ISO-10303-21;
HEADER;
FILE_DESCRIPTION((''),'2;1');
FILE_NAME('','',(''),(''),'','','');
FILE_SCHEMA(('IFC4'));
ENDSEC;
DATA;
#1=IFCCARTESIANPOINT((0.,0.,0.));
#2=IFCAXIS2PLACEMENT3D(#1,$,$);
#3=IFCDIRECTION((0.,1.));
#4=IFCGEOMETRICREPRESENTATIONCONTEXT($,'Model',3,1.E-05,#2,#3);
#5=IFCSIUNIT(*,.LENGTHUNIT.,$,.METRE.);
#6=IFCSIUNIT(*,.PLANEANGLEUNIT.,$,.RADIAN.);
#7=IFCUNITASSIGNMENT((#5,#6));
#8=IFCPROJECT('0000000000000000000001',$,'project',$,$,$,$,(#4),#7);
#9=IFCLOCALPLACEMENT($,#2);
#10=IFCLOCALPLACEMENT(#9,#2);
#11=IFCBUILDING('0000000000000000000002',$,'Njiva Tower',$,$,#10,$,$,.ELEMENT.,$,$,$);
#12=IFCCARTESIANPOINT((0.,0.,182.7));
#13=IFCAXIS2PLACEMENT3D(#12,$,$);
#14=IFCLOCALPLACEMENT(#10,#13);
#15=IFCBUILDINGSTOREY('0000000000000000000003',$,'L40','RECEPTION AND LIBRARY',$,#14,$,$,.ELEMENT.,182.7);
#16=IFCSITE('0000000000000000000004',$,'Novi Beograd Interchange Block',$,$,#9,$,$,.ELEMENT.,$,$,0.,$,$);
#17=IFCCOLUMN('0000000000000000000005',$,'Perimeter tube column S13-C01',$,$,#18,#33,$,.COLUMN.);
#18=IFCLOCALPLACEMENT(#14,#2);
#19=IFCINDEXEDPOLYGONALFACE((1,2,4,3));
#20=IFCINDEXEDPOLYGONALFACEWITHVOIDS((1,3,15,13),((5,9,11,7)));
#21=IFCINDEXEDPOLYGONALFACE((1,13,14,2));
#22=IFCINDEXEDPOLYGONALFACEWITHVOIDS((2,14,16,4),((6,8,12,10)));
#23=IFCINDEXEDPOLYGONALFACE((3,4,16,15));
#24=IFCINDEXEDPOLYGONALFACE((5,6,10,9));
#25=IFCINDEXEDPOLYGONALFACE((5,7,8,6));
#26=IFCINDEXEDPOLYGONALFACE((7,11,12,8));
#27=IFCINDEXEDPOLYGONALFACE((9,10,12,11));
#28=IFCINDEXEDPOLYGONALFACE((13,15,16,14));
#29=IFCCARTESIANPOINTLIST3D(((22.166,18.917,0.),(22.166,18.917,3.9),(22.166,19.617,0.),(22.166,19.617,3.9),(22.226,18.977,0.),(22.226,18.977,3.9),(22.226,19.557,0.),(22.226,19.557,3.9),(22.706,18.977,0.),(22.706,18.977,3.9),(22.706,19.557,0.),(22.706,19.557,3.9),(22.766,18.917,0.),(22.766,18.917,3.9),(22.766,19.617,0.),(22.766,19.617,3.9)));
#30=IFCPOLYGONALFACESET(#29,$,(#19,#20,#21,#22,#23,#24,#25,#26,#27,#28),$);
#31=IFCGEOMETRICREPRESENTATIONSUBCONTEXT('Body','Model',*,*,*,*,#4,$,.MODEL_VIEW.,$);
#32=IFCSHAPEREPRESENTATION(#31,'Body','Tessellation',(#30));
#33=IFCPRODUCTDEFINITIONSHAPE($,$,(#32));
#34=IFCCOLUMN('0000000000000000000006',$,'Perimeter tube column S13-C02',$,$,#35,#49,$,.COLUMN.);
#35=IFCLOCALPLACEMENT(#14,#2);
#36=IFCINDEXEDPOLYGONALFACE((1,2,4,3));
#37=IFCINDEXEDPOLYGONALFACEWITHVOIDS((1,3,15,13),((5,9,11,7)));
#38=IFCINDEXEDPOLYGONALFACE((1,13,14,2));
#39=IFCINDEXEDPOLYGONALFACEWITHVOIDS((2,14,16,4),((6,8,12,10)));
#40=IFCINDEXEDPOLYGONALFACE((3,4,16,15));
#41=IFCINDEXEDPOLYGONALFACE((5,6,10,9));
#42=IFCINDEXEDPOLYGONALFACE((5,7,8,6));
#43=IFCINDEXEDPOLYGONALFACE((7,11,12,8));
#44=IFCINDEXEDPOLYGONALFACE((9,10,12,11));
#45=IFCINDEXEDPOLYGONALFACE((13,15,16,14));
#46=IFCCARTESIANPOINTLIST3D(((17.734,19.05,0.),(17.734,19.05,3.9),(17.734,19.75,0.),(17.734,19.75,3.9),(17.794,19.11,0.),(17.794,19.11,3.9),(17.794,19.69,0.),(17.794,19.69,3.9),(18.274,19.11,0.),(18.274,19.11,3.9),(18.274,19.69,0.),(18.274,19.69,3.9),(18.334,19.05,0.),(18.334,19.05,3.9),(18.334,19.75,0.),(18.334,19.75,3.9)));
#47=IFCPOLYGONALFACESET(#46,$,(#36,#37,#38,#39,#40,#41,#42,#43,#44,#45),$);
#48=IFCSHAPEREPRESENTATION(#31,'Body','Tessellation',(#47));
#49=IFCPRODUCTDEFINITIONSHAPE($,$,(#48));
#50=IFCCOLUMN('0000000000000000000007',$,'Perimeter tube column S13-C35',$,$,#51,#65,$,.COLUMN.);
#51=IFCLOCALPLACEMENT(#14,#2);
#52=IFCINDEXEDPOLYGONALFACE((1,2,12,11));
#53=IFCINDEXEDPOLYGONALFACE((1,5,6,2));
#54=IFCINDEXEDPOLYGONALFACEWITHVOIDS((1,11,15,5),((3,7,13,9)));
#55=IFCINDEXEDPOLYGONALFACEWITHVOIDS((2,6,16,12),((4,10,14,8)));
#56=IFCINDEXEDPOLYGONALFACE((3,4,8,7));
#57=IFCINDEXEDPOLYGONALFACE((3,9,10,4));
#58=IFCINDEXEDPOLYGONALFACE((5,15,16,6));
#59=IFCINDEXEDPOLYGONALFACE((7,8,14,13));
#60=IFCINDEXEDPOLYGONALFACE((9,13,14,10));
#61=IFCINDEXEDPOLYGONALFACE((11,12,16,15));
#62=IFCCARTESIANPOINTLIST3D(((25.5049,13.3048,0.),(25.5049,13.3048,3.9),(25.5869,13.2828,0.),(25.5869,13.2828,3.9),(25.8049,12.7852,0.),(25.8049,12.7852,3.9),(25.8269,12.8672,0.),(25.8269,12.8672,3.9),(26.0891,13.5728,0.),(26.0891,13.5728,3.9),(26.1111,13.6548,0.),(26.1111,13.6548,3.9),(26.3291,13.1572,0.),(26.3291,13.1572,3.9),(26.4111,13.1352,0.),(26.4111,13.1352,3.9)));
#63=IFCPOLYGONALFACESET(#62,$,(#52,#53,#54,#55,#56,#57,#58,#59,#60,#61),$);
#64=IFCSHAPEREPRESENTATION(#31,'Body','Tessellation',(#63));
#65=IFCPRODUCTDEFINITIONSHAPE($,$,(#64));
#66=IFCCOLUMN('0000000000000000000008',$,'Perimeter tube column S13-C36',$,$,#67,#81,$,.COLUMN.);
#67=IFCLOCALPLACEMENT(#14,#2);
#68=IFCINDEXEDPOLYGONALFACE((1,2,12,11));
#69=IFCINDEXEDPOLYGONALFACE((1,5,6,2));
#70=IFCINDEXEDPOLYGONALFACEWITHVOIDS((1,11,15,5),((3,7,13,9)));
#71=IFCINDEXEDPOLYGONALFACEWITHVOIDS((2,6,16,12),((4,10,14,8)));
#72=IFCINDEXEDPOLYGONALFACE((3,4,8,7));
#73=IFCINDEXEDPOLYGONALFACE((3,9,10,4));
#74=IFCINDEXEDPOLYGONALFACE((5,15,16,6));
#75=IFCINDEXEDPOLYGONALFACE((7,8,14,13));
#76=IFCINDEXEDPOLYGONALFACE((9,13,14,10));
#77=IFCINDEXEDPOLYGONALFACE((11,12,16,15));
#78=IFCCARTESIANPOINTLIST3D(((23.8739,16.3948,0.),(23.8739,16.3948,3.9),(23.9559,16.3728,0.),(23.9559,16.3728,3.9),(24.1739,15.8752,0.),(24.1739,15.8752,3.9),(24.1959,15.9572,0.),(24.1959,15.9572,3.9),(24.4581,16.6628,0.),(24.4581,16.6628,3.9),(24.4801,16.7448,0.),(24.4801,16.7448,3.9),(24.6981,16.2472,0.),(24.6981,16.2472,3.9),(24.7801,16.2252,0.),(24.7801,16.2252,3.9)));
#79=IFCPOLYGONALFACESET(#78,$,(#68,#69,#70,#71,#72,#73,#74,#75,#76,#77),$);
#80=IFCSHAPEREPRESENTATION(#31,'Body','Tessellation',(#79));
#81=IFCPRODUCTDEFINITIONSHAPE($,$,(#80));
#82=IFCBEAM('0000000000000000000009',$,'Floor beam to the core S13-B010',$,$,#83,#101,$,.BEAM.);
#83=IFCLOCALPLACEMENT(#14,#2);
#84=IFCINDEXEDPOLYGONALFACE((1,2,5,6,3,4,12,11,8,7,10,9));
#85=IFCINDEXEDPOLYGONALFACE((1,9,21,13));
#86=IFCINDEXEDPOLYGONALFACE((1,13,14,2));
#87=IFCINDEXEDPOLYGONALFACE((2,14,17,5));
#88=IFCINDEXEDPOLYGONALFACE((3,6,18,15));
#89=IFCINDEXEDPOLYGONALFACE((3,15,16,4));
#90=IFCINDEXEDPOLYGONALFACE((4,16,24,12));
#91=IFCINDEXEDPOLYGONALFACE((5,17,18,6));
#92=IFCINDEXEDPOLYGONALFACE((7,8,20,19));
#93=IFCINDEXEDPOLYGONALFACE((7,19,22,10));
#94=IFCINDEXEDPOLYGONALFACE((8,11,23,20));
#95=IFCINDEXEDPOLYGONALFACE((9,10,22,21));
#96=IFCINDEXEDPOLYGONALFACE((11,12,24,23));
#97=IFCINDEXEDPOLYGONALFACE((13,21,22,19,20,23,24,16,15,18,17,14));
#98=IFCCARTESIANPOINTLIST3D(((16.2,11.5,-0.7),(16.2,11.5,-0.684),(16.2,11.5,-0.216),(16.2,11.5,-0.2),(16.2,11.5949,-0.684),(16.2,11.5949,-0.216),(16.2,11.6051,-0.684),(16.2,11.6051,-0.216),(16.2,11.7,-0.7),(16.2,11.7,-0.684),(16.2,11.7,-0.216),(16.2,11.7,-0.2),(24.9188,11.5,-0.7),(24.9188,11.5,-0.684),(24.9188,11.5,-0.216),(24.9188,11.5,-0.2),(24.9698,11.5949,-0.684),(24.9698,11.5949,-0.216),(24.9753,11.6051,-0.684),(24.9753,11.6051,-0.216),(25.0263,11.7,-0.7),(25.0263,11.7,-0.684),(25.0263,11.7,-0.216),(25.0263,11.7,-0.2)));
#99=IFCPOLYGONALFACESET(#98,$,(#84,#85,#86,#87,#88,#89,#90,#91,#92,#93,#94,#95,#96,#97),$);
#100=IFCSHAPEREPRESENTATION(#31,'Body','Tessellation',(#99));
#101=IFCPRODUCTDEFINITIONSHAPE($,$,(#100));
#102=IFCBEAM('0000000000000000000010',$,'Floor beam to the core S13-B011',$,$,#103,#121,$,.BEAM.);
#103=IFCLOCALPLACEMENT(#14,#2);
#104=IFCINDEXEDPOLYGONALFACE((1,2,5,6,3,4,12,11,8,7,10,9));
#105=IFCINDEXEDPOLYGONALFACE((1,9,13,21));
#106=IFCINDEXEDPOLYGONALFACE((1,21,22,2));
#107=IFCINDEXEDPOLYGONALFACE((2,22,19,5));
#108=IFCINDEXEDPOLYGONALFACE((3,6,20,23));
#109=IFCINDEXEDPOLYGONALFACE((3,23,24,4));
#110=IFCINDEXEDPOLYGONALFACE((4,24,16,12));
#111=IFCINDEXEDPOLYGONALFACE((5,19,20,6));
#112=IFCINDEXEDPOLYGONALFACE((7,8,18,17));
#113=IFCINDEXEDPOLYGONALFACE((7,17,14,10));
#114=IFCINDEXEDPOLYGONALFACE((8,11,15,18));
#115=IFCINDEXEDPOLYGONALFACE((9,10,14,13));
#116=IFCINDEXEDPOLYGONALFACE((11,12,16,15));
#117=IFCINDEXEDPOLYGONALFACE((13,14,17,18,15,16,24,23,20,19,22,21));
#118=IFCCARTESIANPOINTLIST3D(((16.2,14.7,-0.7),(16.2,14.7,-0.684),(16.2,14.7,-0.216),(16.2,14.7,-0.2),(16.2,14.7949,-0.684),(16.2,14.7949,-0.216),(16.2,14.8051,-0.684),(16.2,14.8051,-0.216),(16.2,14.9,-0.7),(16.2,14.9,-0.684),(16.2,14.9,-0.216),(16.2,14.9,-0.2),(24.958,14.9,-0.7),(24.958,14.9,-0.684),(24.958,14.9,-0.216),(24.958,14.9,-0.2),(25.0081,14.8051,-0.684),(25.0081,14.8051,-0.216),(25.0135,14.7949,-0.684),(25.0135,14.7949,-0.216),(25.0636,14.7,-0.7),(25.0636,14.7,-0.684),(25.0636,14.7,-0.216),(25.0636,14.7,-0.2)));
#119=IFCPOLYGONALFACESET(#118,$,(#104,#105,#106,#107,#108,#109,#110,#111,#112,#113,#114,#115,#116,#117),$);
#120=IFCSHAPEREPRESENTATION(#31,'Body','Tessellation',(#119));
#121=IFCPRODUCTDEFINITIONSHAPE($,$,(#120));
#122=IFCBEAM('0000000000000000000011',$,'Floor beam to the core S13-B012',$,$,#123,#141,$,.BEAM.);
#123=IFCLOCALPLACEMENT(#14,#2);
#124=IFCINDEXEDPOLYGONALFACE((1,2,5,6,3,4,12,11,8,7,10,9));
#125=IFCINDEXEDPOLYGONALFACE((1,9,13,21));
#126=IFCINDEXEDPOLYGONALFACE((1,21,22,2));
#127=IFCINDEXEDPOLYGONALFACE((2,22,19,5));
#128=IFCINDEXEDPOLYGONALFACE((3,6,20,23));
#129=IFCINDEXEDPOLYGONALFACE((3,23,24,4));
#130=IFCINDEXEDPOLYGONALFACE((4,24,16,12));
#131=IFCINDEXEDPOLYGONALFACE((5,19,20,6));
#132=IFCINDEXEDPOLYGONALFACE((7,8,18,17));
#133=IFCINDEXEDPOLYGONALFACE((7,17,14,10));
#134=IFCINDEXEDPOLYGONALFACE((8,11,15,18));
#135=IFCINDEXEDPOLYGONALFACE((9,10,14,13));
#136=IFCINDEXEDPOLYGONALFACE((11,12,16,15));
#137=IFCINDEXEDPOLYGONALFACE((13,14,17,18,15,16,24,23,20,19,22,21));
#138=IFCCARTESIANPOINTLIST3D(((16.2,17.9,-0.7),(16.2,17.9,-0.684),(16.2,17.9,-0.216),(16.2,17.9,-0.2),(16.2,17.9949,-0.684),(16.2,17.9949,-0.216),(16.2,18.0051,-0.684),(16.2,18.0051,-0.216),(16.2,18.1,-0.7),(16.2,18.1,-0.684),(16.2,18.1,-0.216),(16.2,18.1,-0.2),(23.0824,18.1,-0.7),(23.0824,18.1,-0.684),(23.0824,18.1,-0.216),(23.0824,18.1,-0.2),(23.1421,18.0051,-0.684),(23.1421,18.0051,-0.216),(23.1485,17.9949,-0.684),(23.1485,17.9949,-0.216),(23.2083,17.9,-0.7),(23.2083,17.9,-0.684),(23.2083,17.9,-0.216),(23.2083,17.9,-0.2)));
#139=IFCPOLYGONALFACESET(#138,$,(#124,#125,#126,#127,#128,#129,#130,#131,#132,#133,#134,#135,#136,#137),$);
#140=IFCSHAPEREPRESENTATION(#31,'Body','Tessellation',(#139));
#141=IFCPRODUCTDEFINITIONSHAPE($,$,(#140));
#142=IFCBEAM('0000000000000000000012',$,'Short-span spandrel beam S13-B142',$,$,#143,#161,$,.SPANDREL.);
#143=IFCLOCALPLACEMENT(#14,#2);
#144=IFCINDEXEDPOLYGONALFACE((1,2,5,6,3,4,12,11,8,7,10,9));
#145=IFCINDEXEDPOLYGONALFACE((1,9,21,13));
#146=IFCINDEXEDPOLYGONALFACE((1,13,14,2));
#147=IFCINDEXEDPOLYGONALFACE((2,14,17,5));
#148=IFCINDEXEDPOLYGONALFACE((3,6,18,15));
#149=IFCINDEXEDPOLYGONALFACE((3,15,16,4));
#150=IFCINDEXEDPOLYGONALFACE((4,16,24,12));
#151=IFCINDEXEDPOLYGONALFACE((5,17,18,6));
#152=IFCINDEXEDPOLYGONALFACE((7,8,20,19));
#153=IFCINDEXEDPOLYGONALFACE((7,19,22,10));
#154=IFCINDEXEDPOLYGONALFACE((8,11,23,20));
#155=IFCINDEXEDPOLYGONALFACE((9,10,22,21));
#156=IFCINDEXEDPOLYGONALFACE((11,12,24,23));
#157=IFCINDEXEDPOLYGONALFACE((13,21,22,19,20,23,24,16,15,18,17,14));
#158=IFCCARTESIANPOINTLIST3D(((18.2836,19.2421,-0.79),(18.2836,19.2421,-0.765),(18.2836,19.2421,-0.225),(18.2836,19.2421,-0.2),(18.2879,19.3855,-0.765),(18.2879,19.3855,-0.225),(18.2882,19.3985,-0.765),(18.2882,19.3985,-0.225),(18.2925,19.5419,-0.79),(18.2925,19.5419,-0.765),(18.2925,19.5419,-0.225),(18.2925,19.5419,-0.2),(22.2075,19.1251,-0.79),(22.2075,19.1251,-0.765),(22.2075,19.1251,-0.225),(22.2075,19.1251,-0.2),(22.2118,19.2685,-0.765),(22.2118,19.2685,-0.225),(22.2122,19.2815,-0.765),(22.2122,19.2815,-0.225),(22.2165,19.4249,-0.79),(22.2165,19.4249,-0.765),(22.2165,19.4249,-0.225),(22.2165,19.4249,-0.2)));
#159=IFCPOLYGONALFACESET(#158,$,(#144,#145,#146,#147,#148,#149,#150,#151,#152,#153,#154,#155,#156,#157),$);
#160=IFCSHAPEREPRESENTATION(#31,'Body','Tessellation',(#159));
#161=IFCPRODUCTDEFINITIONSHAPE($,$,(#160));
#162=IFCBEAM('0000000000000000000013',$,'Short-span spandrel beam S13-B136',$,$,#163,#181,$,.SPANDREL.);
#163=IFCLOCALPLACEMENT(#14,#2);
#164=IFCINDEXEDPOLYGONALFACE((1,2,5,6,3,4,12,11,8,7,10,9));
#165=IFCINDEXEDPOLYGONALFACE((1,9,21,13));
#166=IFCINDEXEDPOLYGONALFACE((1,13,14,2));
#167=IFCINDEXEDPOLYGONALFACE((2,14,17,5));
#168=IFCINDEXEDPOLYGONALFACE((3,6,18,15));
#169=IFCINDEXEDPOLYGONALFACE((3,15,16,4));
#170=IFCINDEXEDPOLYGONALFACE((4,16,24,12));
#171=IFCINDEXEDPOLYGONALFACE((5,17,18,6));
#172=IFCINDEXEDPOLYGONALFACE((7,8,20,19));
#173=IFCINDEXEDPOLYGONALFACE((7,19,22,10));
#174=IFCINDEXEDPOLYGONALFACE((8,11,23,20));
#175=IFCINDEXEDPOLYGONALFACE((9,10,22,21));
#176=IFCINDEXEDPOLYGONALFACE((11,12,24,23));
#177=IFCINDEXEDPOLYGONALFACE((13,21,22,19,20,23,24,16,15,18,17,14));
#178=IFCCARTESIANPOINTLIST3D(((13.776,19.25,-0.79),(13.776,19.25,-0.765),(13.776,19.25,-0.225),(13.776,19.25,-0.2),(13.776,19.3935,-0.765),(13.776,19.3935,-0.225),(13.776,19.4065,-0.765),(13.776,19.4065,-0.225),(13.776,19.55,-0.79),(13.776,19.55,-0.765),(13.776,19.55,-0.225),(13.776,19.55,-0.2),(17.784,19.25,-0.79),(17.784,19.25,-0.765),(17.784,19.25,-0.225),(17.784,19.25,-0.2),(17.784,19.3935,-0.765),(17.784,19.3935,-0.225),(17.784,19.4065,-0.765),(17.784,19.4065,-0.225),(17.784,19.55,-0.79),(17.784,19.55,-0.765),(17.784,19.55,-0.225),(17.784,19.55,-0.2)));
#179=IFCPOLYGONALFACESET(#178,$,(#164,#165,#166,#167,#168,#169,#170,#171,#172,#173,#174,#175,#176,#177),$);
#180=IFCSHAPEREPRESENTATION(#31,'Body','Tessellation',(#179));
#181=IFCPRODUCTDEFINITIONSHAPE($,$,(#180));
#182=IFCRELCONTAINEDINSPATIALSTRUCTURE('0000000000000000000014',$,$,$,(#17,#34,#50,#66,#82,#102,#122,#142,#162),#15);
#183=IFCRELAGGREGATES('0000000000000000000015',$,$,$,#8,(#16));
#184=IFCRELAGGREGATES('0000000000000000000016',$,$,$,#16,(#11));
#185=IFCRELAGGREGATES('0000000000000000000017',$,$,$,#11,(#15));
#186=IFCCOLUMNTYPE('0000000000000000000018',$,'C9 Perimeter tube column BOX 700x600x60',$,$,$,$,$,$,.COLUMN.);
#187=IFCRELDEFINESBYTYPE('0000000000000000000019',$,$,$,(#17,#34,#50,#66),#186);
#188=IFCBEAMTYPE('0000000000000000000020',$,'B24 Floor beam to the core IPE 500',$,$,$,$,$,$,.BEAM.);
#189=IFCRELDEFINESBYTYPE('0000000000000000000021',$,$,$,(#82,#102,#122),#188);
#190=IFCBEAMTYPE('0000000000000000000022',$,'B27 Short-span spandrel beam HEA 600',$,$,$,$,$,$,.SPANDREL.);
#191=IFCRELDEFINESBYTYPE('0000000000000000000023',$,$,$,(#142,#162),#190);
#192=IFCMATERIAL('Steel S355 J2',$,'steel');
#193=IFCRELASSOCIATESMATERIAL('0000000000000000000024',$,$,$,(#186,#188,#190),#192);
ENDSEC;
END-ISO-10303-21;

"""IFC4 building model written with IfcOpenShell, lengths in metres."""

from ifc_helpers import new_model, si_unit, direction, frame, origin, origin_2d, place, context, subcontext, project, spatial, hollow_rectangle, i_section, extrude, clip, halfspace, material, material_profile, profile_set, type_object, element, save


model = new_model("IFC4")

# Units and contexts
model_context = context("Model", 3, precision=1e-05, world=origin(), true_north=direction((0.0, 1.0)))
body_context = subcontext(model_context, "Body", "Model", "MODEL_VIEW")
ifc_project = project(units=[si_unit("LENGTHUNIT", "METRE"), si_unit("PLANEANGLEUNIT", "RADIAN")], contexts=[model_context])

# Site, building, storey
site_placement = place(None, origin())
site = spatial("IfcSite", under=ifc_project, at=site_placement, Name="Novi Beograd Interchange Block", CompositionType="ELEMENT", RefElevation=0.0)
building_placement = place(site_placement, origin())
building = spatial("IfcBuilding", under=site, at=building_placement, Name="Njiva Tower", CompositionType="ELEMENT")
storey_placement = place(building_placement, frame((0.0, 0.0, 182.7)))
storey = spatial("IfcBuildingStorey", under=building, at=storey_placement, Name="L40", Description="RECEPTION AND LIBRARY", CompositionType="ELEMENT", Elevation=182.7)

# Columns
ifc_material_1 = material(Name="Steel S355 J2", Category="steel")
ifc_material_profile_1 = material_profile(ifc_material_1, hollow_rectangle(XDim=0.6, YDim=0.7, WallThickness=0.06, at=origin_2d()), Name="BOX 700x600x60")
ifc_profile_set_1 = profile_set([ifc_material_profile_1], Name="Steel S355 J2")
column_type = type_object("IfcColumnType", Name="C9 Perimeter tube column BOX 700x600x60", PredefinedType="COLUMN", material=ifc_profile_set_1)
for number, where, z_axis, x_axis, name in (
    (1, (22.466, 19.267, 0.0), (0.0, 0.0, 1.0), (-1.0, 0.0, 0.0), "Perimeter tube column S13-C01"),
    (2, (18.034, 19.4, 0.0), (0.0, 0.0, 1.0), (-1.0, 0.0, 0.0), "Perimeter tube column S13-C02"),
    (3, (25.958, 13.22, 0.0), (0.0, 0.0, 1.0), (-0.5, 0.866025, 0.0), "Perimeter tube column S13-C35"),
    (4, (24.327, 16.31, 0.0), (0.0, 0.0, 1.0), (-0.5, 0.866025, 0.0), "Perimeter tube column S13-C36"),
):
    element("IfcColumn", number, at=place(storey_placement, frame(where, z_axis=z_axis, x_axis=x_axis)), inside=storey, type_object=column_type, Name=name, PredefinedType="COLUMN", context=body_context, shape_type="SweptSolid", body=[
        extrude(hollow_rectangle(XDim=0.6, YDim=0.7, WallThickness=0.06, at=origin_2d()), origin(), (0.0, 0.0, 1.0), 3.9),
    ])

# Beams
ifc_material_profile_2 = material_profile(ifc_material_1, i_section(OverallWidth=0.2, OverallDepth=0.5, WebThickness=0.0102, FlangeThickness=0.016, at=origin_2d()), Name="IPE 500")
ifc_profile_set_2 = profile_set([ifc_material_profile_2], Name="Steel S355 J2")
beam_type_1 = type_object("IfcBeamType", Name="B24 Floor beam to the core IPE 500", PredefinedType="BEAM", material=ifc_profile_set_2)
beam_1_placement = place(storey_placement, frame((16.2, 11.6, -0.45), z_axis=(1.0, 0.0, 0.0), x_axis=(0.0, 1.0, 0.0)))
element("IfcBeam", 5, at=beam_1_placement, inside=storey, type_object=beam_type_1, Name="Floor beam to the core S13-B010", PredefinedType="BEAM", context=body_context, shape_type="Clipping", body=[
    clip(extrude(i_section(OverallWidth=0.2, OverallDepth=0.5, WebThickness=0.0102, FlangeThickness=0.016, at=origin_2d()), origin(), (0.0, 0.0, 1.0), 8.847), halfspace(frame((-0.0237, 0.0, 8.7598), z_axis=(-0.473777, 0.0, 0.880645), x_axis=(0.0, 1.0, 0.0)), False)),
])
beam_2_placement = place(storey_placement, frame((16.2, 14.8, -0.45), z_axis=(1.0, 0.0, 0.0), x_axis=(0.0, 1.0, 0.0)))
element("IfcBeam", 6, at=beam_2_placement, inside=storey, type_object=beam_type_1, Name="Floor beam to the core S13-B011", PredefinedType="BEAM", context=body_context, shape_type="Clipping", body=[
    clip(extrude(i_section(OverallWidth=0.2, OverallDepth=0.5, WebThickness=0.0102, FlangeThickness=0.016, at=origin_2d()), origin(), (0.0, 0.0, 1.0), 8.884), halfspace(frame((0.0233, 0.0, 8.7985), z_axis=(0.466639, 0.0, 0.884448), x_axis=(0.0, 1.0, 0.0)), False)),
])
beam_3_placement = place(storey_placement, frame((16.2, 18.0, -0.45), z_axis=(1.0, 0.0, 0.0), x_axis=(0.0, 1.0, 0.0)))
element("IfcBeam", 7, at=beam_3_placement, inside=storey, type_object=beam_type_1, Name="Floor beam to the core S13-B012", PredefinedType="BEAM", context=body_context, shape_type="Clipping", body=[
    clip(extrude(i_section(OverallWidth=0.2, OverallDepth=0.5, WebThickness=0.0102, FlangeThickness=0.016, at=origin_2d()), origin(), (0.0, 0.0, 1.0), 7.028), halfspace(frame((0.0266, 0.0, 6.9286), z_axis=(0.532629, 0.0, 0.846349), x_axis=(0.0, 1.0, 0.0)), False)),
])
ifc_material_profile_3 = material_profile(ifc_material_1, i_section(OverallWidth=0.3, OverallDepth=0.59, WebThickness=0.013, FlangeThickness=0.025, at=origin_2d()), Name="HEA 600")
ifc_profile_set_3 = profile_set([ifc_material_profile_3], Name="Steel S355 J2")
beam_type_2 = type_object("IfcBeamType", Name="B27 Short-span spandrel beam HEA 600", PredefinedType="SPANDREL", material=ifc_profile_set_3)
beam_4_placement = place(storey_placement, frame((22.212, 19.275, -0.495), z_axis=(-0.999556, 0.029803, 0.0), x_axis=(-0.029803, -0.999556, 0.0)))
element("IfcBeam", 8, at=beam_4_placement, inside=storey, type_object=beam_type_2, Name="Short-span spandrel beam S13-B142", PredefinedType="SPANDREL", context=body_context, shape_type="SweptSolid", body=[
    extrude(i_section(OverallWidth=0.3, OverallDepth=0.59, WebThickness=0.013, FlangeThickness=0.025, at=origin_2d()), origin(), (0.0, 0.0, 1.0), 3.9257),
])
beam_5_placement = place(storey_placement, frame((17.784, 19.4, -0.495), z_axis=(-1.0, 0.0, 0.0), x_axis=(0.0, -1.0, 0.0)))
element("IfcBeam", 9, at=beam_5_placement, inside=storey, type_object=beam_type_2, Name="Short-span spandrel beam S13-B136", PredefinedType="SPANDREL", context=body_context, shape_type="SweptSolid", body=[
    extrude(i_section(OverallWidth=0.3, OverallDepth=0.59, WebThickness=0.013, FlangeThickness=0.025, at=origin_2d()), origin(), (0.0, 0.0, 1.0), 4.008),
])

save(model, "model.ifc")
